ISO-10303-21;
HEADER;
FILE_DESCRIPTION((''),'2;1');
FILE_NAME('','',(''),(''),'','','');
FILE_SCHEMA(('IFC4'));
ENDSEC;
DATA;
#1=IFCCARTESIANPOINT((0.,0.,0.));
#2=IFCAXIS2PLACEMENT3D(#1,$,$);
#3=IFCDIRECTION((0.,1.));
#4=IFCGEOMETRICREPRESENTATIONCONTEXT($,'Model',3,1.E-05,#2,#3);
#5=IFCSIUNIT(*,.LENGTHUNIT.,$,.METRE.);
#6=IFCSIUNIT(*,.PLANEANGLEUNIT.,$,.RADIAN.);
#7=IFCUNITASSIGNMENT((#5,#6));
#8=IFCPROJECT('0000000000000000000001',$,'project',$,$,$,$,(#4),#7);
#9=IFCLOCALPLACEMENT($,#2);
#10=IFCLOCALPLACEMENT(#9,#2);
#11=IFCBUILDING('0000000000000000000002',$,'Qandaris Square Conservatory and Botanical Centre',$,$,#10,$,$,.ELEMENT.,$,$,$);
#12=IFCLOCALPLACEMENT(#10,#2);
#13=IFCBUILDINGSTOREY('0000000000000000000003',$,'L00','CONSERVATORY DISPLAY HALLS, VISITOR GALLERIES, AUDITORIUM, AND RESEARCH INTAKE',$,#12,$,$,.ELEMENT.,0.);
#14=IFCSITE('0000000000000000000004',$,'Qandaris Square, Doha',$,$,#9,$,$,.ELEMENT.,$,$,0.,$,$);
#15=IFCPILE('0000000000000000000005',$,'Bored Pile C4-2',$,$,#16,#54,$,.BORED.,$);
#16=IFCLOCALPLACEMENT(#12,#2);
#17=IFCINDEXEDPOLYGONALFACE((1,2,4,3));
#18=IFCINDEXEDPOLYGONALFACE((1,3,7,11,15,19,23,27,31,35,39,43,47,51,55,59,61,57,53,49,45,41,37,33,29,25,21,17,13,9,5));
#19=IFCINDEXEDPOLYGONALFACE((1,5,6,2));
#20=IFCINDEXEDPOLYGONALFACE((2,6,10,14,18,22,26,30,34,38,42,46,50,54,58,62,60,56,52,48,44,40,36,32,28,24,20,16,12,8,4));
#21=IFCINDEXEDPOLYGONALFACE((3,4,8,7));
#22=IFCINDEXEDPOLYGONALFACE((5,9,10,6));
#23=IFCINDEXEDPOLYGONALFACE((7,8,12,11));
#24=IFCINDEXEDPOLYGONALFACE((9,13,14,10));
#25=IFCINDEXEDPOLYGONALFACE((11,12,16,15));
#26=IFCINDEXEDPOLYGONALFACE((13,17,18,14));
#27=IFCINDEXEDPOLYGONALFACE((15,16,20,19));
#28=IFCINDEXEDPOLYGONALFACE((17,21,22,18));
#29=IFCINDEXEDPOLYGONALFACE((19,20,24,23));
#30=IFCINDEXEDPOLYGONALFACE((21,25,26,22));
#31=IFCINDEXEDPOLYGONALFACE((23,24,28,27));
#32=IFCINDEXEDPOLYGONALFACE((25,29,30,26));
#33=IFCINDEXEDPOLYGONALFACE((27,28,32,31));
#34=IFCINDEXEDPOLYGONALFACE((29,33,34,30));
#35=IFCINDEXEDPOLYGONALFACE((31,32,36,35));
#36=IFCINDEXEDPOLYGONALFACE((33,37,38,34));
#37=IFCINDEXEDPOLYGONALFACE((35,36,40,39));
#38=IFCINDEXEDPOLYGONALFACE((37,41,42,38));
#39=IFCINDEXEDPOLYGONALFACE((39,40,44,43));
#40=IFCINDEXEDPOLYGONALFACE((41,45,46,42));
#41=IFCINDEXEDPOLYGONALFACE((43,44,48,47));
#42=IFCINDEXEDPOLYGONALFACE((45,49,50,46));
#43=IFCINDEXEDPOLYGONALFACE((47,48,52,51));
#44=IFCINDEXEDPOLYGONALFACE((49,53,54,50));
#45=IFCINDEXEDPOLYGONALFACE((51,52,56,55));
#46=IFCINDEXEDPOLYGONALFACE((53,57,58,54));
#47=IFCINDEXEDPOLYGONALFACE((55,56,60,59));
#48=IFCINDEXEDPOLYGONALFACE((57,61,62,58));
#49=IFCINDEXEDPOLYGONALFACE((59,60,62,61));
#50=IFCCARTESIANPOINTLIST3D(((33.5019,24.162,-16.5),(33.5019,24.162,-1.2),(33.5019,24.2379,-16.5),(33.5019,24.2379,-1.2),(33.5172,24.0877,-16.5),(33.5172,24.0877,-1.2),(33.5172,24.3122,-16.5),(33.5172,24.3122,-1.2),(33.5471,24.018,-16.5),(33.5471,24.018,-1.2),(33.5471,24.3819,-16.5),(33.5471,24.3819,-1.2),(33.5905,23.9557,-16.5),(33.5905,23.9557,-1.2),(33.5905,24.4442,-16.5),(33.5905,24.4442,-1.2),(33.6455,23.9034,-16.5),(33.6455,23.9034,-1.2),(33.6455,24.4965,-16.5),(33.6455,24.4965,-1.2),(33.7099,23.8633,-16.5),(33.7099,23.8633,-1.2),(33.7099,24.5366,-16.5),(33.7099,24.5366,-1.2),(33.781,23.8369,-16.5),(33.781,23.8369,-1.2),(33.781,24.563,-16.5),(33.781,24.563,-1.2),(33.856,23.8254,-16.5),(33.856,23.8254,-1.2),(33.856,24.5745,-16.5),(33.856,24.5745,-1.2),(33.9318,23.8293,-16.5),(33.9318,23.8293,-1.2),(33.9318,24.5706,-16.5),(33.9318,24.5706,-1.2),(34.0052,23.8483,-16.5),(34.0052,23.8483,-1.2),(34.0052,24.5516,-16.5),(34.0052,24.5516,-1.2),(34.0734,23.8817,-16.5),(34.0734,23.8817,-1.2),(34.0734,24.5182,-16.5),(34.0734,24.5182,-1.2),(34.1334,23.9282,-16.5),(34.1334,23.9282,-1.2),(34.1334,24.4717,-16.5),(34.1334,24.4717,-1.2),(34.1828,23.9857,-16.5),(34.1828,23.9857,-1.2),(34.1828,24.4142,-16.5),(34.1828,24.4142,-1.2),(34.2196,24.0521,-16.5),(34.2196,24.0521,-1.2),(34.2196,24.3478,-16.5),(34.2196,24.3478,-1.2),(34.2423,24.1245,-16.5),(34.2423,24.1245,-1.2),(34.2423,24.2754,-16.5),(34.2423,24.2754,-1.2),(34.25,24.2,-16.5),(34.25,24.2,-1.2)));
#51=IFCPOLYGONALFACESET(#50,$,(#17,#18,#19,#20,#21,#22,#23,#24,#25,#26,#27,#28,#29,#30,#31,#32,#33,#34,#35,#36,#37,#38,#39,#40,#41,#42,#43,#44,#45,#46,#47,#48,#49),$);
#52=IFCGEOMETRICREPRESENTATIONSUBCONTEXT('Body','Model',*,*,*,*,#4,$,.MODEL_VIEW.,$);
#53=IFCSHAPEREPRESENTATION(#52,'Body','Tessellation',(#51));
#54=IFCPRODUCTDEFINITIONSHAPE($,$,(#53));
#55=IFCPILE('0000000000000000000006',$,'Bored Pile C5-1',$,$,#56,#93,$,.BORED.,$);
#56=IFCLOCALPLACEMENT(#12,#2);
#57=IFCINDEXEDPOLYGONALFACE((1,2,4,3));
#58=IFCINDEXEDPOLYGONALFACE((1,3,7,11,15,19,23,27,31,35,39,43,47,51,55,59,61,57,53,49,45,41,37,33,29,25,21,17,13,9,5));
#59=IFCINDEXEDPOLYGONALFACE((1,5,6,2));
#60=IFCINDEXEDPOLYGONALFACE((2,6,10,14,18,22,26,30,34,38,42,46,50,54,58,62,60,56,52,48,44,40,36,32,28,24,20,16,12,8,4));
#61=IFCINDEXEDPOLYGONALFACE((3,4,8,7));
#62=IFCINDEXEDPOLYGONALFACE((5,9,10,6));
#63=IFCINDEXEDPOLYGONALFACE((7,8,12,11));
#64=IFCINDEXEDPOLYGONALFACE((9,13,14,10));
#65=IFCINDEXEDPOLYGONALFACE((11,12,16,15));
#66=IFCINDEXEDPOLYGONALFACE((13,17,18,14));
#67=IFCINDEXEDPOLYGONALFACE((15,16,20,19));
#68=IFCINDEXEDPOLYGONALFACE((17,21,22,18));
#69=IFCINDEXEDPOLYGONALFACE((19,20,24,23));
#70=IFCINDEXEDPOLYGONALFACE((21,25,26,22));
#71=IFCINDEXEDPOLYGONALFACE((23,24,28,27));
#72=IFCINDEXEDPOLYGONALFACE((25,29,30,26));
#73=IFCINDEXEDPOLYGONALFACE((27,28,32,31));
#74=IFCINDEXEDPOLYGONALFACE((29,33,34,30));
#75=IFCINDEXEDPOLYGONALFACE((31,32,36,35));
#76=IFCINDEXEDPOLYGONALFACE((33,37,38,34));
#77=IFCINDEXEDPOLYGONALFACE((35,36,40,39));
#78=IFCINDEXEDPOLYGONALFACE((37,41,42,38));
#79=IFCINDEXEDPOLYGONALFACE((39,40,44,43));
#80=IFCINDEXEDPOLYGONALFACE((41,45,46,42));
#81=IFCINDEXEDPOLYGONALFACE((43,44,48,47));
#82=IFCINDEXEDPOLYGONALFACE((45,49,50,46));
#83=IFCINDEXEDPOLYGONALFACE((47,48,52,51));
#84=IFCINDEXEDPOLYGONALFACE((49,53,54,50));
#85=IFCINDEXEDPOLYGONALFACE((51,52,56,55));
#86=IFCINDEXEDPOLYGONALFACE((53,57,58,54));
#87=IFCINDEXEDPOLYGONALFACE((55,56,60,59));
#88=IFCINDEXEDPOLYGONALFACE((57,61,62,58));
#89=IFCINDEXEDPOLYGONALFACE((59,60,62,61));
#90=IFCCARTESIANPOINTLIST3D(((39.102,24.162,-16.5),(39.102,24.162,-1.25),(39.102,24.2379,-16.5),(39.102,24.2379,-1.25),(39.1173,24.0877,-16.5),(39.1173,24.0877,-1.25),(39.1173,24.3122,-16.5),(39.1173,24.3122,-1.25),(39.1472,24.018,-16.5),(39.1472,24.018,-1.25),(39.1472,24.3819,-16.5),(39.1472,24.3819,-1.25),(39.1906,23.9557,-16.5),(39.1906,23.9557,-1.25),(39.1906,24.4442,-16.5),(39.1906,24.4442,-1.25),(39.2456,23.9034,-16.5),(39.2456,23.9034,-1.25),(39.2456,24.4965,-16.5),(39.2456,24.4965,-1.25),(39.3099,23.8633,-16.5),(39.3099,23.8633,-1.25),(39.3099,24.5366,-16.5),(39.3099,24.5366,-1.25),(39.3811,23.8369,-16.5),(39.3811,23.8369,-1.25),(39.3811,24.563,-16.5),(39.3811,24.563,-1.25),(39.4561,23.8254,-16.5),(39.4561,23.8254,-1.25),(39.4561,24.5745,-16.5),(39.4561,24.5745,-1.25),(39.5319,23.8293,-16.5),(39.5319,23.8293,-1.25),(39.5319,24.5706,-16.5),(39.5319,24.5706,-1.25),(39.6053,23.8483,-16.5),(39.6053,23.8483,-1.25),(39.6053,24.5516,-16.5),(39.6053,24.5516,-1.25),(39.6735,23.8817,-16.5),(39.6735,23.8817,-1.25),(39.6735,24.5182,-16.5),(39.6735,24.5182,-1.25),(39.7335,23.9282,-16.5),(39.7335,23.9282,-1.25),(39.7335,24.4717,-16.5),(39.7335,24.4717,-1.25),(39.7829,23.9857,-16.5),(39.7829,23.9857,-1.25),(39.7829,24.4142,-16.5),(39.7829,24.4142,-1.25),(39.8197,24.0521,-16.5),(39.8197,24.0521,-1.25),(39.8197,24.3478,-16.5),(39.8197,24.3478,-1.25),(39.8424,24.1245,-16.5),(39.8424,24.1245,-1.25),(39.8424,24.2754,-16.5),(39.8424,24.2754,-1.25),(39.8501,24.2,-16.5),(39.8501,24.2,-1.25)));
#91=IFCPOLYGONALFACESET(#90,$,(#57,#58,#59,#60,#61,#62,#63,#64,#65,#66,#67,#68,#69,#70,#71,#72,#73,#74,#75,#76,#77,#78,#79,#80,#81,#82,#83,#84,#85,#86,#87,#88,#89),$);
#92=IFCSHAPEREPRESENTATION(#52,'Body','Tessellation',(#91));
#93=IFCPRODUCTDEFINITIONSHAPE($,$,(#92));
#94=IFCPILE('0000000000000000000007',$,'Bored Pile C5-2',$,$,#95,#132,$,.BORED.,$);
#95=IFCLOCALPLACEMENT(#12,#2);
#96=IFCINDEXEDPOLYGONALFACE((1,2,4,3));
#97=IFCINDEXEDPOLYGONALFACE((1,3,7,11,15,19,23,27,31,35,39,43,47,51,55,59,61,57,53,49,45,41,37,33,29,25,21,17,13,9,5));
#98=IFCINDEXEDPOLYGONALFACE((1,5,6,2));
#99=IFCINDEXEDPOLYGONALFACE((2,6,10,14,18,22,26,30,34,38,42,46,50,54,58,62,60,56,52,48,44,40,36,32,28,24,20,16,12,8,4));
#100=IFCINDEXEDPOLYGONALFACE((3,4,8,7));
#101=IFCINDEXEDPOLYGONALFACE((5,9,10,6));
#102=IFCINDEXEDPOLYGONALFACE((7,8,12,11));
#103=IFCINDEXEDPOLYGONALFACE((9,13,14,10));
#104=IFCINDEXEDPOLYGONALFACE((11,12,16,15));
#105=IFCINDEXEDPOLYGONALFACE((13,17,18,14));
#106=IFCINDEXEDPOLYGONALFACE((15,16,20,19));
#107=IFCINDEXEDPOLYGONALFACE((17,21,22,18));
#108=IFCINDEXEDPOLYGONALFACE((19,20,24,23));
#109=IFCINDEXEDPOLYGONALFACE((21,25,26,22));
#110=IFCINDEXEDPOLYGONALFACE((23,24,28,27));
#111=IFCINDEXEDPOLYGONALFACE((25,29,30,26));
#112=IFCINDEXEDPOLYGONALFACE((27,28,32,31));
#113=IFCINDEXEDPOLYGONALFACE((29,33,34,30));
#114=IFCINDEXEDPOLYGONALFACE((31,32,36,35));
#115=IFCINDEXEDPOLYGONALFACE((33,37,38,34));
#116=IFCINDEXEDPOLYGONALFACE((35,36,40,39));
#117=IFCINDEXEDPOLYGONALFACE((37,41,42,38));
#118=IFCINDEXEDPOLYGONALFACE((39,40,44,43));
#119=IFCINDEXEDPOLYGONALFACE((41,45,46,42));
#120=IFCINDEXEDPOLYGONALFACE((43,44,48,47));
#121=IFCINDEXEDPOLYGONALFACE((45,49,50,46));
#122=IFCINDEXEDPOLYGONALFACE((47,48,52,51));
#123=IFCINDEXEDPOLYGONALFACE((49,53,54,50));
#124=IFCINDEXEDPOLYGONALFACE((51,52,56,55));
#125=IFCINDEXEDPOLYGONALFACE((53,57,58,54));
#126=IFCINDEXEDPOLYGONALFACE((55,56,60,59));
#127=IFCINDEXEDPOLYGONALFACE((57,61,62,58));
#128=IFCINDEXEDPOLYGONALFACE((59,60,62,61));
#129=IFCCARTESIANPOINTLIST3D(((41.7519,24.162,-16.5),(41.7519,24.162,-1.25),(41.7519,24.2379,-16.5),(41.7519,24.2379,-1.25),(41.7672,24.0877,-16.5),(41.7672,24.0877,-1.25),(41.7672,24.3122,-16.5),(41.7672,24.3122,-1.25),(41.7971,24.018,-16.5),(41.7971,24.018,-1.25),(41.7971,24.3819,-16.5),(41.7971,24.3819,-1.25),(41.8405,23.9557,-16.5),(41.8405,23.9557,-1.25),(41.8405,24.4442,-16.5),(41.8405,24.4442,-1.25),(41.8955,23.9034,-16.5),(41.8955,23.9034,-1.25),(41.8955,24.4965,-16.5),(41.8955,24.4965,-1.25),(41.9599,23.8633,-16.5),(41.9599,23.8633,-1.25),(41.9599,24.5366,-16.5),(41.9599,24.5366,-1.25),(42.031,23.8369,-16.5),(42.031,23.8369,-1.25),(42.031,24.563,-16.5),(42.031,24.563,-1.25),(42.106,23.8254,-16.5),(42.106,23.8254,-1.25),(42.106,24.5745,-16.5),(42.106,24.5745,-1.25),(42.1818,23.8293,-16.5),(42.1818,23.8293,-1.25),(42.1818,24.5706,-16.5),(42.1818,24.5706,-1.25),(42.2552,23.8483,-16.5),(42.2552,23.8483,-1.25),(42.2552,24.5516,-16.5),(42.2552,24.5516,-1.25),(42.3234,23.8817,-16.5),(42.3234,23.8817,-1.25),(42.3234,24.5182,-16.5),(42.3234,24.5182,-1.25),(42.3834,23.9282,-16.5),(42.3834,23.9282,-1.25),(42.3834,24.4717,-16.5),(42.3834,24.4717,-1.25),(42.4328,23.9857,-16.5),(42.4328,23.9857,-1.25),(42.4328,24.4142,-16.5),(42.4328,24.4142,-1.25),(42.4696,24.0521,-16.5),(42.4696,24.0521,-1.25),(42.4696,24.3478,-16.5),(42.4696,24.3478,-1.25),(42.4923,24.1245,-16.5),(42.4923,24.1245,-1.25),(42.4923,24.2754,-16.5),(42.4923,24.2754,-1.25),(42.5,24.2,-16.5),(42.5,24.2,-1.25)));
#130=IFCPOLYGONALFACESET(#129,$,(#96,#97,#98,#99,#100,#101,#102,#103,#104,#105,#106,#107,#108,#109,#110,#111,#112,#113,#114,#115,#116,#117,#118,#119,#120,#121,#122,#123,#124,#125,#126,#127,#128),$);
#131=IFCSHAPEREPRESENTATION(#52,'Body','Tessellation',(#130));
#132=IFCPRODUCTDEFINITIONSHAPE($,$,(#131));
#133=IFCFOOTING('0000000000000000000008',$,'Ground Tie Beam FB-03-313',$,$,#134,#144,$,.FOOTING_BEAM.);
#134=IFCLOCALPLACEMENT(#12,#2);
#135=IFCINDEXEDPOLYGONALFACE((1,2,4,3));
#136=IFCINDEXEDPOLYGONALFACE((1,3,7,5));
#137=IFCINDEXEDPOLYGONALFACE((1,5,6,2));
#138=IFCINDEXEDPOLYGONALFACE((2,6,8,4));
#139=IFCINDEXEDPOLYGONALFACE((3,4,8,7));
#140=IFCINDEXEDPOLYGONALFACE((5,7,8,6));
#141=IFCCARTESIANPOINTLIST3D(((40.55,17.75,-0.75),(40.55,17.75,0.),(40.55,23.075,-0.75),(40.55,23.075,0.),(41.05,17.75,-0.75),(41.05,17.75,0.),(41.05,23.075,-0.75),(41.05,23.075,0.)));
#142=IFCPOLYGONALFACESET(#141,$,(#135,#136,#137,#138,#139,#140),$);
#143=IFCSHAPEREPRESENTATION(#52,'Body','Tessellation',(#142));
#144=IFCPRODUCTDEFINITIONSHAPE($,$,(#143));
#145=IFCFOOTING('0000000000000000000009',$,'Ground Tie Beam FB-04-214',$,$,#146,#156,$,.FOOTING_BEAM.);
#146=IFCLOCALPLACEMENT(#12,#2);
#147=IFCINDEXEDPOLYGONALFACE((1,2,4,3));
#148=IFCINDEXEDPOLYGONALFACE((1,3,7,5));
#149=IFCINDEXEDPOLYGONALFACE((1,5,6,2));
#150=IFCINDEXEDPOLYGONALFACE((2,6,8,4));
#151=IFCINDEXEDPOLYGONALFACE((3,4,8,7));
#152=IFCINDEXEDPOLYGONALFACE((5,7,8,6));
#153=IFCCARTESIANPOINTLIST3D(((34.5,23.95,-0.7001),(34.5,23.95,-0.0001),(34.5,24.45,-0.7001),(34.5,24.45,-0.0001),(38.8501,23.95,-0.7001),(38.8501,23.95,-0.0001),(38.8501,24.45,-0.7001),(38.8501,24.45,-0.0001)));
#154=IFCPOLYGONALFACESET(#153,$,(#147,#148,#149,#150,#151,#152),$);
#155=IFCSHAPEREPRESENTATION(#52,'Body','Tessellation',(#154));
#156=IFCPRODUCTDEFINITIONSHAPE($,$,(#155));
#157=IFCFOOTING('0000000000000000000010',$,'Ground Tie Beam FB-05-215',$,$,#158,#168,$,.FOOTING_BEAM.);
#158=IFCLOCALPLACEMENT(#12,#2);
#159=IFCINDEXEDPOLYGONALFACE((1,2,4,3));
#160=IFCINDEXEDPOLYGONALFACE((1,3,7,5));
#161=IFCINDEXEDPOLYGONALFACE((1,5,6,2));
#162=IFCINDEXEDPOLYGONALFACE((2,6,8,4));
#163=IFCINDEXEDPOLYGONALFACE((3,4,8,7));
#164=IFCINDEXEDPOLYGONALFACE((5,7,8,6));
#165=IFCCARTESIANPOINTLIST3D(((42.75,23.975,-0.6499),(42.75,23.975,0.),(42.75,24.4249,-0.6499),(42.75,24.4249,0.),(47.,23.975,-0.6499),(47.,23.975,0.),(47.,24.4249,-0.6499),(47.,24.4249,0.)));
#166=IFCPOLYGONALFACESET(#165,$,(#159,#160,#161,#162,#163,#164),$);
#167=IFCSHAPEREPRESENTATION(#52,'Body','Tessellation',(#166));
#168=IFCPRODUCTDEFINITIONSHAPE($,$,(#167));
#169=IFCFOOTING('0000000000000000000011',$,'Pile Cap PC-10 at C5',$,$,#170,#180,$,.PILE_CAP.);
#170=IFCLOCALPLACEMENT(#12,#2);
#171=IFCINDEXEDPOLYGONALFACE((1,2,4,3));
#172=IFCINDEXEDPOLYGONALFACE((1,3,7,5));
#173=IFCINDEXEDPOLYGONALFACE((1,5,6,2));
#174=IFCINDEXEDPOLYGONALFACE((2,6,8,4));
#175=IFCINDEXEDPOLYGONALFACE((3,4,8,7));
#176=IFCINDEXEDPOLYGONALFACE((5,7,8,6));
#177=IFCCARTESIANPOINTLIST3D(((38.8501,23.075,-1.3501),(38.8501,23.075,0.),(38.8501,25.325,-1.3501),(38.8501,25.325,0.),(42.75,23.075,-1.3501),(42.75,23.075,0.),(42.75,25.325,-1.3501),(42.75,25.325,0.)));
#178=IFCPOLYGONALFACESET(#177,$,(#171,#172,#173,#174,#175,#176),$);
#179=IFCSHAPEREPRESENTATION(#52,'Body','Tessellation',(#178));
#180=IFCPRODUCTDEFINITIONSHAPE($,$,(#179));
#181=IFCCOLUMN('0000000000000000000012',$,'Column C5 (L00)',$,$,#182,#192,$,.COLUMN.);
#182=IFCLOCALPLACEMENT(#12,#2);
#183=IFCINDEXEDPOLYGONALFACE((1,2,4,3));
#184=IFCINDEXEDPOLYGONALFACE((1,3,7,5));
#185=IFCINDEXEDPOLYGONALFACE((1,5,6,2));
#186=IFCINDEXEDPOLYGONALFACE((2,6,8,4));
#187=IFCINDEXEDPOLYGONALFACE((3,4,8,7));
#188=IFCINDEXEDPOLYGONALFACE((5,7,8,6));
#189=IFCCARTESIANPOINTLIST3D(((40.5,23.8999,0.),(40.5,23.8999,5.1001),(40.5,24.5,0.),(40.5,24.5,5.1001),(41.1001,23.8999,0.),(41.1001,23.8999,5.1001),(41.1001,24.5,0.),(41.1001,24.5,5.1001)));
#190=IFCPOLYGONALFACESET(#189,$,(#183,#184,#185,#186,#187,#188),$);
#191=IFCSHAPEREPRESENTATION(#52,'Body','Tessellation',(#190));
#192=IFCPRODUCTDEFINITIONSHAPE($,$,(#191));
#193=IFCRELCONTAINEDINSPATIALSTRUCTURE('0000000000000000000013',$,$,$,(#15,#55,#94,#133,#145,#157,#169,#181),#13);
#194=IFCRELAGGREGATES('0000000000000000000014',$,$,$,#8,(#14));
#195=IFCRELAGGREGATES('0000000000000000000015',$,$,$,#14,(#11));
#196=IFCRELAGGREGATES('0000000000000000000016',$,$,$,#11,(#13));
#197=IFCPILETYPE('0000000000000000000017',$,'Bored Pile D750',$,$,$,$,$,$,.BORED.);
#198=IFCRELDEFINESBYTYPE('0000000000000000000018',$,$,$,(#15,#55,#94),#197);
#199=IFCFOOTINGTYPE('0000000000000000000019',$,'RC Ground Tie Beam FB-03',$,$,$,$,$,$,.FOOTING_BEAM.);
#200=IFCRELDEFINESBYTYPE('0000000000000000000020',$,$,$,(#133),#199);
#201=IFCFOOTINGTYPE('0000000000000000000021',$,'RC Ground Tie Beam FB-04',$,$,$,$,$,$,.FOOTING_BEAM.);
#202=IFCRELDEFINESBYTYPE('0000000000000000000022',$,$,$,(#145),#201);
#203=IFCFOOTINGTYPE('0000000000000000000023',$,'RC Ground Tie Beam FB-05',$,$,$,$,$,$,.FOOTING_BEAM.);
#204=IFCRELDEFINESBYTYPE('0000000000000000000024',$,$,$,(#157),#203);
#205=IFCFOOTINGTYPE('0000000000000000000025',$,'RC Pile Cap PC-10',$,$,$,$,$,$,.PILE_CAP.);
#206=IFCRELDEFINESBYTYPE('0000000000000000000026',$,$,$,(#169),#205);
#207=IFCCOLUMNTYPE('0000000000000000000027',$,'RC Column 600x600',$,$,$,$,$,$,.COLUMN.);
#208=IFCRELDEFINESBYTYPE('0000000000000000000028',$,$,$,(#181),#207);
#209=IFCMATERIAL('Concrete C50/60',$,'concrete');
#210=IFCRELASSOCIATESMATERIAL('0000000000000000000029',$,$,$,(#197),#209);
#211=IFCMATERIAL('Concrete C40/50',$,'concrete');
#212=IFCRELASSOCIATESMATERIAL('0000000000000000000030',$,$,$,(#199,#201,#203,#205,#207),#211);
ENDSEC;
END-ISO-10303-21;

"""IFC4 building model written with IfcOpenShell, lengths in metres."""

from ifc_helpers import new_model, si_unit, direction, frame, origin, origin_2d, place, context, subcontext, project, spatial, rectangle, circle, extrude, material, material_profile, profile_set, type_object, element, save


model = new_model("IFC4")

# Units and contexts
model_context = context("Model", 3, precision=1e-05, world=origin(), true_north=direction((0.0, 1.0)))
body_context = subcontext(model_context, "Body", "Model", "MODEL_VIEW")
ifc_project = project(units=[si_unit("LENGTHUNIT", "METRE"), si_unit("PLANEANGLEUNIT", "RADIAN")], contexts=[model_context])

# Site, building, storey
site_placement = place(None, origin())
site = spatial("IfcSite", under=ifc_project, at=site_placement, Name="Qandaris Square, Doha", CompositionType="ELEMENT", RefElevation=0.0)
building_placement = place(site_placement, origin())
building = spatial("IfcBuilding", under=site, at=building_placement, Name="Qandaris Square Conservatory and Botanical Centre", CompositionType="ELEMENT")
storey_placement = place(building_placement, origin())
storey = spatial("IfcBuildingStorey", under=building, at=storey_placement, Name="L00", Description="CONSERVATORY DISPLAY HALLS, VISITOR GALLERIES, AUDITORIUM, AND RESEARCH INTAKE", CompositionType="ELEMENT", Elevation=0.0)

# Piles
ifc_material_1 = material(Name="Concrete C50/60", Category="concrete")
ifc_material_profile_1 = material_profile(ifc_material_1, circle(Radius=0.375, at=origin_2d()), Name="PILE D750")
ifc_profile_set_1 = profile_set([ifc_material_profile_1], Name="Concrete C50/60")
pile_type = type_object("IfcPileType", Name="Bored Pile D750", PredefinedType="BORED", material=ifc_profile_set_1)
pile_placement = place(storey_placement, frame((33.875, 24.2, -1.2), z_axis=(0.0, 0.0, -1.0), x_axis=(1.0, 0.0, 0.0)))
element("IfcPile", 1, at=pile_placement, inside=storey, type_object=pile_type, Name="Bored Pile C4-2", PredefinedType="BORED", context=body_context, shape_type="SweptSolid", body=[
    extrude(circle(Radius=0.375, at=origin_2d()), origin(), (0.0, 0.0, 1.0), 15.3),
])
for number, where, z_axis, x_axis, name in (
    (2, (39.4751, 24.2, -1.25), (0.0, 0.0, -1.0), (1.0, 0.0, 0.0), "Bored Pile C5-1"),
    (3, (42.125, 24.2, -1.25), (0.0, 0.0, -1.0), (1.0, 0.0, 0.0), "Bored Pile C5-2"),
):
    element("IfcPile", number, at=place(storey_placement, frame(where, z_axis=z_axis, x_axis=x_axis)), inside=storey, type_object=pile_type, Name=name, PredefinedType="BORED", context=body_context, shape_type="SweptSolid", body=[
        extrude(circle(Radius=0.375, at=origin_2d()), origin(), (0.0, 0.0, 1.0), 15.25),
    ])

# Footings
ifc_material_2 = material(Name="Concrete C40/50", Category="concrete")
ifc_material_profile_2 = material_profile(ifc_material_2, rectangle(XDim=0.5, YDim=0.75, at=origin_2d()), Name="FB 500x750")
ifc_profile_set_2 = profile_set([ifc_material_profile_2], Name="Concrete C40/50")
footing_type_1 = type_object("IfcFootingType", Name="RC Ground Tie Beam FB-03", PredefinedType="FOOTING_BEAM", material=ifc_profile_set_2)
footing_1_placement = place(storey_placement, frame((40.8, 17.75, -0.375), z_axis=(0.0, 1.0, 0.0), x_axis=(-1.0, 0.0, 0.0)))
element("IfcFooting", 4, at=footing_1_placement, inside=storey, type_object=footing_type_1, Name="Ground Tie Beam FB-03-313", PredefinedType="FOOTING_BEAM", context=body_context, shape_type="SweptSolid", body=[
    extrude(rectangle(XDim=0.5, YDim=0.75, at=origin_2d()), origin(), (0.0, 0.0, 1.0), 5.325),
])
ifc_material_profile_3 = material_profile(ifc_material_2, rectangle(XDim=0.5, YDim=0.7, at=origin_2d()), Name="FB 500x700")
ifc_profile_set_3 = profile_set([ifc_material_profile_3], Name="Concrete C40/50")
footing_type_2 = type_object("IfcFootingType", Name="RC Ground Tie Beam FB-04", PredefinedType="FOOTING_BEAM", material=ifc_profile_set_3)
footing_2_placement = place(storey_placement, frame((34.5, 24.2, -0.3501), z_axis=(1.0, 0.0, 0.0), x_axis=(0.0, 1.0, 0.0)))
element("IfcFooting", 5, at=footing_2_placement, inside=storey, type_object=footing_type_2, Name="Ground Tie Beam FB-04-214", PredefinedType="FOOTING_BEAM", context=body_context, shape_type="SweptSolid", body=[
    extrude(rectangle(XDim=0.5, YDim=0.7, at=origin_2d()), origin(), (0.0, 0.0, 1.0), 4.3501),
])
ifc_material_profile_4 = material_profile(ifc_material_2, rectangle(XDim=0.45, YDim=0.6499, at=origin_2d()), Name="FB 450x650")
ifc_profile_set_4 = profile_set([ifc_material_profile_4], Name="Concrete C40/50")
footing_type_3 = type_object("IfcFootingType", Name="RC Ground Tie Beam FB-05", PredefinedType="FOOTING_BEAM", material=ifc_profile_set_4)
footing_3_placement = place(storey_placement, frame((42.75, 24.2, -0.325), z_axis=(1.0, 0.0, 0.0), x_axis=(0.0, 1.0, 0.0)))
element("IfcFooting", 6, at=footing_3_placement, inside=storey, type_object=footing_type_3, Name="Ground Tie Beam FB-05-215", PredefinedType="FOOTING_BEAM", context=body_context, shape_type="SweptSolid", body=[
    extrude(rectangle(XDim=0.45, YDim=0.6499, at=origin_2d()), origin(), (0.0, 0.0, 1.0), 4.25),
])
footing_type_4 = type_object("IfcFootingType", Name="RC Pile Cap PC-10", PredefinedType="PILE_CAP", material=ifc_material_2)
footing_4_placement = place(storey_placement, frame((40.8, 24.2, -1.3501), z_axis=(0.0, 0.0, 1.0), x_axis=(1.0, 0.0, 0.0)))
element("IfcFooting", 7, at=footing_4_placement, inside=storey, type_object=footing_type_4, Name="Pile Cap PC-10 at C5", PredefinedType="PILE_CAP", context=body_context, shape_type="SweptSolid", body=[
    extrude(rectangle(XDim=3.8999, YDim=2.25, at=origin_2d()), origin(), (0.0, 0.0, 1.0), 1.3501),
])

# Column
ifc_material_profile_5 = material_profile(ifc_material_2, rectangle(XDim=0.6001, YDim=0.6001, at=origin_2d()), Name="RC-COL 600x600")
ifc_profile_set_5 = profile_set([ifc_material_profile_5], Name="Concrete C40/50")
column_type = type_object("IfcColumnType", Name="RC Column 600x600", PredefinedType="COLUMN", material=ifc_profile_set_5)
column_placement = place(storey_placement, frame((40.8, 24.2, 0.0), z_axis=(0.0, 0.0, 1.0), x_axis=(1.0, 0.0, 0.0)))
element("IfcColumn", 8, at=column_placement, inside=storey, type_object=column_type, Name="Column C5 (L00)", PredefinedType="COLUMN", context=body_context, shape_type="SweptSolid", body=[
    extrude(rectangle(XDim=0.6001, YDim=0.6001, at=origin_2d()), origin(), (0.0, 0.0, 1.0), 5.1001),
])

save(model, "model.ifc")
